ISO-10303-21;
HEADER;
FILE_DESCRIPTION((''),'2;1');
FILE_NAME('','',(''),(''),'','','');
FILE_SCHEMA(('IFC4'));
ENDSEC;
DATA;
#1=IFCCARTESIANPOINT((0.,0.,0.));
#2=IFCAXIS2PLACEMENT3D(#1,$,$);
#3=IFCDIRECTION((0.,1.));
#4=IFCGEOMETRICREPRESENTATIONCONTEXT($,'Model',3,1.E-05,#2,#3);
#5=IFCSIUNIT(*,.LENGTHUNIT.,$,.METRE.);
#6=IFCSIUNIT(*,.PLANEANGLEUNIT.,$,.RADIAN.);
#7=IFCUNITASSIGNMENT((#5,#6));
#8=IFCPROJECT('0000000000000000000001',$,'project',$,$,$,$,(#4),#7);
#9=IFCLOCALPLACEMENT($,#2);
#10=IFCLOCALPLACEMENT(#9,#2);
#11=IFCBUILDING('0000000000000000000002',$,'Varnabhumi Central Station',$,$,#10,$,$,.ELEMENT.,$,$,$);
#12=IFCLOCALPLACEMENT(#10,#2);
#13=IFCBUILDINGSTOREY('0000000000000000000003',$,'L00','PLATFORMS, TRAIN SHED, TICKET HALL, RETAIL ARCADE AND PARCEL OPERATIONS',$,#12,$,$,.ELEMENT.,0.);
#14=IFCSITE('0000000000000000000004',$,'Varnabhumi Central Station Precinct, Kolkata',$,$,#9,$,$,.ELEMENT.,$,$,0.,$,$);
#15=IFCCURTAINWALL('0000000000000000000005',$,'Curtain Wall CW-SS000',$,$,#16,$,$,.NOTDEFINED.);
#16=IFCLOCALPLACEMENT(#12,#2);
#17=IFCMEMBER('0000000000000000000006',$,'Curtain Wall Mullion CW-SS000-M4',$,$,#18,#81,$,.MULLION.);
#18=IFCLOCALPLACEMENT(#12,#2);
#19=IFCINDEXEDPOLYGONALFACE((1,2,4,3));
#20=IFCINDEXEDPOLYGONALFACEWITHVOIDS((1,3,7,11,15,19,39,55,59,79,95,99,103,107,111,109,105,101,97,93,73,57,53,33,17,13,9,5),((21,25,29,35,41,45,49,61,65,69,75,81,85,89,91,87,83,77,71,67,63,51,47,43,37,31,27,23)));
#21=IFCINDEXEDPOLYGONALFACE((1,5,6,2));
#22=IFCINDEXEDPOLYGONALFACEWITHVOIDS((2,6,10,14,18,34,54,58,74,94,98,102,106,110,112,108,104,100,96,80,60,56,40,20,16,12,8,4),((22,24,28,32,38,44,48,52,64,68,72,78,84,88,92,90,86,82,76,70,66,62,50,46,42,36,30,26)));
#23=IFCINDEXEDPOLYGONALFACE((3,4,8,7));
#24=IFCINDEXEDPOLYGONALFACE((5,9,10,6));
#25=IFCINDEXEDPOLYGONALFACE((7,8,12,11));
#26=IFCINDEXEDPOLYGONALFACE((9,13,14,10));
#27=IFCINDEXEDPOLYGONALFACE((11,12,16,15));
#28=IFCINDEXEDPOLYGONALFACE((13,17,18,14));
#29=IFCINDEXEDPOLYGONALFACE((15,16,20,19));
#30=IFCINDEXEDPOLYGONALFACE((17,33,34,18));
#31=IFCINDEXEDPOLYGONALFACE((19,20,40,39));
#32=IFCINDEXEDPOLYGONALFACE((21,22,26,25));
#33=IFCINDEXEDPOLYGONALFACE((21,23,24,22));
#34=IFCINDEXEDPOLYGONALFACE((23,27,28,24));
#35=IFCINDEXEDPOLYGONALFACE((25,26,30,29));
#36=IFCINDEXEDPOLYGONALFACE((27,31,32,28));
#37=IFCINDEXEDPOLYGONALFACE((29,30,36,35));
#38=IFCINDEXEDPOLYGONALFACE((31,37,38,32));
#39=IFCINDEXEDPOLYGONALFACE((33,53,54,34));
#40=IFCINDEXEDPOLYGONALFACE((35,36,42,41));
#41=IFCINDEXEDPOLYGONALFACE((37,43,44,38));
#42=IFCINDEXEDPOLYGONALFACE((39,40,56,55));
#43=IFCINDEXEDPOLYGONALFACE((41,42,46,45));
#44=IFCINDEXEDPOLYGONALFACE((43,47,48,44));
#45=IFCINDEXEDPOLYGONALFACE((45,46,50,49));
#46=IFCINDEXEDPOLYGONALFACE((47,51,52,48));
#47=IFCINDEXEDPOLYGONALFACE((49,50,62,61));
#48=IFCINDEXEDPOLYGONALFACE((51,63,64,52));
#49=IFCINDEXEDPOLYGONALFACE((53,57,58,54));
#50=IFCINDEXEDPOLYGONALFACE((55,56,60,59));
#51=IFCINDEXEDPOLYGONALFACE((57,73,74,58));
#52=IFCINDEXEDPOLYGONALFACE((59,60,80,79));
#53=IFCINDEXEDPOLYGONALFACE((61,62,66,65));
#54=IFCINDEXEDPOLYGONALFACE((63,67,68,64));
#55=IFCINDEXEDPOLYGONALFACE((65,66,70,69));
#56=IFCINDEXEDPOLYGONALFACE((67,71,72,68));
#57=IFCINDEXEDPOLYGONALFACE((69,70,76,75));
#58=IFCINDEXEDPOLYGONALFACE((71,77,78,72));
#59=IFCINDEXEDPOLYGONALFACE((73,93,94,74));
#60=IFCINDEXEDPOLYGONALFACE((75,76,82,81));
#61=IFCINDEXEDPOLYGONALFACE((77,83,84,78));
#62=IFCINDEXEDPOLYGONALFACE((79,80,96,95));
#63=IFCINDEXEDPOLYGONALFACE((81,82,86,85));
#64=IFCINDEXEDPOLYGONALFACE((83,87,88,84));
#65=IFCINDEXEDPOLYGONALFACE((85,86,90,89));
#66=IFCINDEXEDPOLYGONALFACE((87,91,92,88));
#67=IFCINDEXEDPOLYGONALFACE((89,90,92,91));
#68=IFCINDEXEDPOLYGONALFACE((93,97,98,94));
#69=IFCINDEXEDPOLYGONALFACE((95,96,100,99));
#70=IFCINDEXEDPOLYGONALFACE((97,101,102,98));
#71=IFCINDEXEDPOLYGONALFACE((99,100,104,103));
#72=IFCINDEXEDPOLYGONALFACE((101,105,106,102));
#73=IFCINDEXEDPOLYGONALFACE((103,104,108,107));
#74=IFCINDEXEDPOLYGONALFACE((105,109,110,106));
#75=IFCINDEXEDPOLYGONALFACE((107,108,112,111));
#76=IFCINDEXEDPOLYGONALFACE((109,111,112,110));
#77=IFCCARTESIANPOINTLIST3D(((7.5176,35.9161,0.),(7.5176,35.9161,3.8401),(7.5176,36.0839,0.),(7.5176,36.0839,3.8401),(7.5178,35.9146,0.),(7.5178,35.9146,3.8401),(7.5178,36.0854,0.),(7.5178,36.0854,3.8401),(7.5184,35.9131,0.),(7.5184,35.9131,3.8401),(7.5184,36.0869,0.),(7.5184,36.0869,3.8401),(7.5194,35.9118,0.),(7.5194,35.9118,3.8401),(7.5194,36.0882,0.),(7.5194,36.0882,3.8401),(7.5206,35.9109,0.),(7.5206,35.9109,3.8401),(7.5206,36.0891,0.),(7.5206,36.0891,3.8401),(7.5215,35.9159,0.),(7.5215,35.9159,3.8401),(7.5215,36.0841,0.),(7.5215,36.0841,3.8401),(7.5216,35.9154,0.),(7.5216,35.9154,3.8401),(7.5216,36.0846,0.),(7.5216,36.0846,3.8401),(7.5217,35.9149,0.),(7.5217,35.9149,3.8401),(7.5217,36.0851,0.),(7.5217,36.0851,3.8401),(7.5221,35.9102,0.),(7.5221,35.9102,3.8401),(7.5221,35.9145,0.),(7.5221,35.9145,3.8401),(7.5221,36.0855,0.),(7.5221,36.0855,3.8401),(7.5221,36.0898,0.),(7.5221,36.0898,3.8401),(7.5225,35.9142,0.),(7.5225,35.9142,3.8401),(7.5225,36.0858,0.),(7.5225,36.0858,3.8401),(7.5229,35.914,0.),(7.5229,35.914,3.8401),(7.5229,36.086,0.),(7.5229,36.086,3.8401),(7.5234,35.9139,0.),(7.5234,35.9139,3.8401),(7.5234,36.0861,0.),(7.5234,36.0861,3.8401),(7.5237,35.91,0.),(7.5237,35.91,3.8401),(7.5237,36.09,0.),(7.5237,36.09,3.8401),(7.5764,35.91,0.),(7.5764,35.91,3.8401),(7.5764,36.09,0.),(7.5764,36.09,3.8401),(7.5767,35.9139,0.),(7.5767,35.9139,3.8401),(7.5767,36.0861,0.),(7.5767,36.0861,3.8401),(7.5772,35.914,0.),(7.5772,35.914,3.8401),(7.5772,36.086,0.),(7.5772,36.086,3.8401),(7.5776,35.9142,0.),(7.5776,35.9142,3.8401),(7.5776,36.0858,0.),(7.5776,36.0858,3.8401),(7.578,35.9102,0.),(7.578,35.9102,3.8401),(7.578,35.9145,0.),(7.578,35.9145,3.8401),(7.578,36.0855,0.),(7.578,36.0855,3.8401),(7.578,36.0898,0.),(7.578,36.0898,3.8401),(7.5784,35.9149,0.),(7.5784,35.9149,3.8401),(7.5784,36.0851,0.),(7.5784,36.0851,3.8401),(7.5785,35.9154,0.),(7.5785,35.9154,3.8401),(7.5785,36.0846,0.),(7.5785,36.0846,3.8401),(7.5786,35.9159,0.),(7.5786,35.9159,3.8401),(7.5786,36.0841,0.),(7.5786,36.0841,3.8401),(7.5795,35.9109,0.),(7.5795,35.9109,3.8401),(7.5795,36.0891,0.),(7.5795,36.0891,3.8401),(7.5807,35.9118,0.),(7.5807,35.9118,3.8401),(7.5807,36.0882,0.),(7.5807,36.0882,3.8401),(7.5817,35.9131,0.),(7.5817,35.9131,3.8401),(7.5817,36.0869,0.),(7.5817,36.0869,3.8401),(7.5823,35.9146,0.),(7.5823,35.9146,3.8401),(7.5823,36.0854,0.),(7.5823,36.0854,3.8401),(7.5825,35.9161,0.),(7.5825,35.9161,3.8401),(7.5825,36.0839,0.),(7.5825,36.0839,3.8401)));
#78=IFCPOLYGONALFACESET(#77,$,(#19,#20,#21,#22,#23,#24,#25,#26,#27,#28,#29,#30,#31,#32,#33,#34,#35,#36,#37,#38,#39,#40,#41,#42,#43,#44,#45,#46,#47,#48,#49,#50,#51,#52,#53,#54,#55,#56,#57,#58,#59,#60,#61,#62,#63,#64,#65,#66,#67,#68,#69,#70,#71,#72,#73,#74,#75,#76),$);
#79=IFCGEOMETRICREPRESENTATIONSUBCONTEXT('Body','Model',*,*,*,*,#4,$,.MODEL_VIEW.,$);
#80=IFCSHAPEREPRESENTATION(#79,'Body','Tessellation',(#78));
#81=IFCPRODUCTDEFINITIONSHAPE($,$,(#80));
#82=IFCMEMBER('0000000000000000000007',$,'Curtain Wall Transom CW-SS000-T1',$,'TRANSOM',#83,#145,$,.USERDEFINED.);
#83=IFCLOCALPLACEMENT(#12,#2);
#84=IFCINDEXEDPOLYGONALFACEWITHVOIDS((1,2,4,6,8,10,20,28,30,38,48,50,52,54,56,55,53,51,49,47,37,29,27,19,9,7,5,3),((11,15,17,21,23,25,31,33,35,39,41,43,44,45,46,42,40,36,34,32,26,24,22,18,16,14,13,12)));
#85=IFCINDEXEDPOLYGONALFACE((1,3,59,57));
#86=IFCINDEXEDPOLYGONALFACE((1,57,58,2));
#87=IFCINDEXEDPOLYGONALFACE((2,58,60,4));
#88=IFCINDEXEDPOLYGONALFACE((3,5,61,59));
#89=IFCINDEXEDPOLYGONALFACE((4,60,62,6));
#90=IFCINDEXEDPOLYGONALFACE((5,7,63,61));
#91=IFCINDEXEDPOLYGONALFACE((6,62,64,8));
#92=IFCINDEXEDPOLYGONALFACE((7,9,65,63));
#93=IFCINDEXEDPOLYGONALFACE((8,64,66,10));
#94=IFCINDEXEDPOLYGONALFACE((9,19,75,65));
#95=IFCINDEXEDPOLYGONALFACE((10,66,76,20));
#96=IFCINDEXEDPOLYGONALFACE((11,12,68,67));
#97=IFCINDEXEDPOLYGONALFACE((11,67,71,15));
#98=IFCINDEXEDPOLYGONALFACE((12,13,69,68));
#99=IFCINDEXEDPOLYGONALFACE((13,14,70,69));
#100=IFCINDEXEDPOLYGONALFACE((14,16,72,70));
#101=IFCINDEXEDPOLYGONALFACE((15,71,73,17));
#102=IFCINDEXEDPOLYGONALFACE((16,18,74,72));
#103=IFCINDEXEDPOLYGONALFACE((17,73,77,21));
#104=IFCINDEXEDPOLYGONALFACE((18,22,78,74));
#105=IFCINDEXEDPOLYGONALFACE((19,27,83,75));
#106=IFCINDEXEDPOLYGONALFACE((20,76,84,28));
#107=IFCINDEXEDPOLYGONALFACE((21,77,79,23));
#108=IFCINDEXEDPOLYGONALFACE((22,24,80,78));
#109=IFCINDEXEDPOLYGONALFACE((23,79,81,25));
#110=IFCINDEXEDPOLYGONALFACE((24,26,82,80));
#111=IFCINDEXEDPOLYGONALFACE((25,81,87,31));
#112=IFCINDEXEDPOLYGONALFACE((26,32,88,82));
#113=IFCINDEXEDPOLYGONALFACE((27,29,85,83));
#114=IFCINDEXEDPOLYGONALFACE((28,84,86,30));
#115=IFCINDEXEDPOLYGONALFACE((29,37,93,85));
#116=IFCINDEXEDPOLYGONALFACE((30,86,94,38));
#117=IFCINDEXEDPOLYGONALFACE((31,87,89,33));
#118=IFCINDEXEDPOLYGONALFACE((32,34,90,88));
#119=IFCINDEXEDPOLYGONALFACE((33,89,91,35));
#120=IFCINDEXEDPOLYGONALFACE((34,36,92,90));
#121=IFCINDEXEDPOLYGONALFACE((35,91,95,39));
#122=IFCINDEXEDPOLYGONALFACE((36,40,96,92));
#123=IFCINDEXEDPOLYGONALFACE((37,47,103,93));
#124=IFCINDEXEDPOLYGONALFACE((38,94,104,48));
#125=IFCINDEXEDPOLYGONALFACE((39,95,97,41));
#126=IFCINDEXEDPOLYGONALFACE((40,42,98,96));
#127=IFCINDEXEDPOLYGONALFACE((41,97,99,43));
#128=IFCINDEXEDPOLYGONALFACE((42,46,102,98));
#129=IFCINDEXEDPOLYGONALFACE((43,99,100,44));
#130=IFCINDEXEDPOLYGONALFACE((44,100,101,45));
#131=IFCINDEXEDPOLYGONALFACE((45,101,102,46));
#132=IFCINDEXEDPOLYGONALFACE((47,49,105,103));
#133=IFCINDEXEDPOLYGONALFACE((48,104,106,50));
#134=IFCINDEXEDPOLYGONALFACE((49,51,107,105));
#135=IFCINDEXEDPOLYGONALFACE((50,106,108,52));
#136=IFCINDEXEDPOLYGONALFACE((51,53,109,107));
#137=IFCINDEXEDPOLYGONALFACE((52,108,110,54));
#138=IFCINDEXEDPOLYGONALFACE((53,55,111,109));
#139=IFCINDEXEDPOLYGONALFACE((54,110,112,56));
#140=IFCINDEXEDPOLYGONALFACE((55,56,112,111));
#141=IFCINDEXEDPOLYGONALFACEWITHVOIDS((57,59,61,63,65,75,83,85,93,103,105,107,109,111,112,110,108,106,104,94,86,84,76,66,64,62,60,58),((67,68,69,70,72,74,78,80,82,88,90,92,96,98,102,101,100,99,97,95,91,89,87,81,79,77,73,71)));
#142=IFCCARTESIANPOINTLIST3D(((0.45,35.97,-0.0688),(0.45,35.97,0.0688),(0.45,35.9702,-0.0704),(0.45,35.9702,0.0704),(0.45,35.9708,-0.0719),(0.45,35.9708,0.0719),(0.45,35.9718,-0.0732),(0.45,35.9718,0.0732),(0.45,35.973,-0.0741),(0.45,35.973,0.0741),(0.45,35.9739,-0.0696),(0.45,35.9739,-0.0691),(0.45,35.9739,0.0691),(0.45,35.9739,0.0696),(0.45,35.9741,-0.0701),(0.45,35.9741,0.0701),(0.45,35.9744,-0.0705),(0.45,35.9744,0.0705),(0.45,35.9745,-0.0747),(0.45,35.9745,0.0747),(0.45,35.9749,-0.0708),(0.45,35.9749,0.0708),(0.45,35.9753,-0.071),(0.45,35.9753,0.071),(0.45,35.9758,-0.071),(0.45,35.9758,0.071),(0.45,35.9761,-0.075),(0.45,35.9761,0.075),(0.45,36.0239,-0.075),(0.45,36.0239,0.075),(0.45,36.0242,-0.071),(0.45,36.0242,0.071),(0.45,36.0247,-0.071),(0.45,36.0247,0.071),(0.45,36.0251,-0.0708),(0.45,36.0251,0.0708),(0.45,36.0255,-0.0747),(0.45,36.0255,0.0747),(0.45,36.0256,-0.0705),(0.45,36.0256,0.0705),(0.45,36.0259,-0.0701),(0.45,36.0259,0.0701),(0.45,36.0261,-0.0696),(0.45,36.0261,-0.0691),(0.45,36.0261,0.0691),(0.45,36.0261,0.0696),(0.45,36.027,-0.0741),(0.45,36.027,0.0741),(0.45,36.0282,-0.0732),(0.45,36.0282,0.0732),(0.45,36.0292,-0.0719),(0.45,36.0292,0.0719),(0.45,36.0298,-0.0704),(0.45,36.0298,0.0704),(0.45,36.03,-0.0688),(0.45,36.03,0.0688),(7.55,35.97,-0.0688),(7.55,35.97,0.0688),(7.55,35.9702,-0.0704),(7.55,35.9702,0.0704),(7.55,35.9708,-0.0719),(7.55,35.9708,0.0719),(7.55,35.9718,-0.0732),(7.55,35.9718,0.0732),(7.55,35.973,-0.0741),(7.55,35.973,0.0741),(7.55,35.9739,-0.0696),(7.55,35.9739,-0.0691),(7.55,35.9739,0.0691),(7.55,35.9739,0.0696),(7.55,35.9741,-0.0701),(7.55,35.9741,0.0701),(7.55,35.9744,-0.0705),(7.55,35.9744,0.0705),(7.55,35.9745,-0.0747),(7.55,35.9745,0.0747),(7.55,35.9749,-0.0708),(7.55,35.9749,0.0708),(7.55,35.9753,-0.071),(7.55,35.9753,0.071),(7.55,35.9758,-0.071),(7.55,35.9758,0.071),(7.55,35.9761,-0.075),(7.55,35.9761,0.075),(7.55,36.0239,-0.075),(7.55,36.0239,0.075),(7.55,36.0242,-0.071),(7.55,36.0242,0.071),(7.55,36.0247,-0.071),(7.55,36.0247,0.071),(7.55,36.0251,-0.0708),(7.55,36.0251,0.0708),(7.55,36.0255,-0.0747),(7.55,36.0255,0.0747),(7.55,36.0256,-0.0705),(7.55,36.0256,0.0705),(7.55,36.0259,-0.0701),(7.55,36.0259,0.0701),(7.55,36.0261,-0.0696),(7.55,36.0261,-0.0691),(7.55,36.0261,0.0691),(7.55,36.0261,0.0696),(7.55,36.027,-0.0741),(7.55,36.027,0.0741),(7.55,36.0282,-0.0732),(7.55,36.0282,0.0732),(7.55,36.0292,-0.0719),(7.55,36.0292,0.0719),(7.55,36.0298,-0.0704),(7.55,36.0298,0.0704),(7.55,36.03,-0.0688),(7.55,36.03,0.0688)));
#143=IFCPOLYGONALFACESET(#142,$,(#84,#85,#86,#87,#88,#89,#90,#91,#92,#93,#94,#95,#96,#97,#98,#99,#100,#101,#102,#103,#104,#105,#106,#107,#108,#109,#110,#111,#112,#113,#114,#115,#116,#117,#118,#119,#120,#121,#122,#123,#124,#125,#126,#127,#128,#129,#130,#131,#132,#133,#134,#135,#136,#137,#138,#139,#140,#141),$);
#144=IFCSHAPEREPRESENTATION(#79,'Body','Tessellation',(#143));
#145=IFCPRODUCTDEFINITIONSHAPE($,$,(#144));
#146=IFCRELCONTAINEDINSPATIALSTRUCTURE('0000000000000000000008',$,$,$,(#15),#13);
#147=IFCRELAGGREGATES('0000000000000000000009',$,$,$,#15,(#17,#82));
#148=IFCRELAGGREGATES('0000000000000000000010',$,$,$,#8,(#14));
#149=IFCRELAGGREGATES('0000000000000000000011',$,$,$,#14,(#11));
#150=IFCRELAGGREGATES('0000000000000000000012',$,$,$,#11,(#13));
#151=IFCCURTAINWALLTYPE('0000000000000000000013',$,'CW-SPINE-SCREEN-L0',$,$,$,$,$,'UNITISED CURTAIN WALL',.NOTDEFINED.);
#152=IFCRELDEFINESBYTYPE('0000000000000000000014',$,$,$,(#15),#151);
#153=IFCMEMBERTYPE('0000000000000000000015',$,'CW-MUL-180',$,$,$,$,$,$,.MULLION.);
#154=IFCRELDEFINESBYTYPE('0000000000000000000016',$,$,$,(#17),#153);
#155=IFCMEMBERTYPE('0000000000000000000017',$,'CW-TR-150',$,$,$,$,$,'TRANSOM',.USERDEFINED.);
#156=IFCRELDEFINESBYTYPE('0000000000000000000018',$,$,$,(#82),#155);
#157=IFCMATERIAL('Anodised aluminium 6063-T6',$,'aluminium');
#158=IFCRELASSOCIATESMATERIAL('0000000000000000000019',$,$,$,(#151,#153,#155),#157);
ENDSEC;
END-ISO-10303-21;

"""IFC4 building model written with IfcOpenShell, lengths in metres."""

from ifc_helpers import new_model, si_unit, direction, frame, origin, origin_2d, place, context, subcontext, project, spatial, hollow_rectangle, extrude, material, material_profile, profile_set, type_object, element, aggregate, save


model = new_model("IFC4")

# Units and contexts
model_context = context("Model", 3, precision=1e-05, world=origin(), true_north=direction((0.0, 1.0)))
body_context = subcontext(model_context, "Body", "Model", "MODEL_VIEW")
ifc_project = project(units=[si_unit("LENGTHUNIT", "METRE"), si_unit("PLANEANGLEUNIT", "RADIAN")], contexts=[model_context])

# Site, building, storey
site_placement = place(None, origin())
site = spatial("IfcSite", under=ifc_project, at=site_placement, Name="Varnabhumi Central Station Precinct, Kolkata", CompositionType="ELEMENT", RefElevation=0.0)
building_placement = place(site_placement, origin())
building = spatial("IfcBuilding", under=site, at=building_placement, Name="Varnabhumi Central Station", CompositionType="ELEMENT")
storey_placement = place(building_placement, origin())
storey = spatial("IfcBuildingStorey", under=building, at=storey_placement, Name="L00", Description="PLATFORMS, TRAIN SHED, TICKET HALL, RETAIL ARCADE AND PARCEL OPERATIONS", CompositionType="ELEMENT", Elevation=0.0)

# Curtain wall, members
ifc_material_1 = material(Name="Anodised aluminium 6063-T6", Category="aluminium")
curtain_wall_type = type_object("IfcCurtainWallType", Name="CW-SPINE-SCREEN-L0", ElementType="UNITISED CURTAIN WALL", PredefinedType="NOTDEFINED", material=ifc_material_1)
curtain_wall_placement = place(storey_placement, origin())
curtain_wall = element("IfcCurtainWall", 1, at=curtain_wall_placement, inside=storey, type_object=curtain_wall_type, Name="Curtain Wall CW-SS000", PredefinedType="NOTDEFINED")
ifc_material_profile_1 = material_profile(ifc_material_1, hollow_rectangle(XDim=0.0649, YDim=0.1799, WallThickness=0.0039, InnerFilletRadius=0.002, OuterFilletRadius=0.0061, at=origin_2d()), Name="Anodised aluminium 6063-T6", Category="aluminium")
ifc_profile_set_1 = profile_set([ifc_material_profile_1], Name="Anodised aluminium 6063-T6")
member_type_1 = type_object("IfcMemberType", Name="CW-MUL-180", PredefinedType="MULLION", material=ifc_profile_set_1)
member_1_placement = place(storey_placement, frame((7.55, 36.0, 0.0), z_axis=(0.0, 0.0, 1.0), x_axis=(1.0, 0.0, 0.0)))
member_1 = element("IfcMember", 2, at=member_1_placement, type_object=member_type_1, Name="Curtain Wall Mullion CW-SS000-M4", PredefinedType="MULLION", context=body_context, shape_type="SweptSolid", body=[
    extrude(hollow_rectangle(XDim=0.0649, YDim=0.1799, WallThickness=0.0039, InnerFilletRadius=0.002, OuterFilletRadius=0.0061, at=origin_2d()), origin(), (0.0, 0.0, 1.0), 3.8401),
])
ifc_material_profile_2 = material_profile(ifc_material_1, hollow_rectangle(XDim=0.0601, YDim=0.1499, WallThickness=0.0039, InnerFilletRadius=0.002, OuterFilletRadius=0.0061, at=origin_2d()), Name="Anodised aluminium 6063-T6", Category="aluminium")
ifc_profile_set_2 = profile_set([ifc_material_profile_2], Name="Anodised aluminium 6063-T6")
member_type_2 = type_object("IfcMemberType", Name="CW-TR-150", ElementType="TRANSOM", PredefinedType="USERDEFINED", material=ifc_profile_set_2)
member_2_placement = place(storey_placement, frame((0.45, 36.0, 0.0), z_axis=(1.0, 0.0, 0.0), x_axis=(0.0, 1.0, 0.0)))
member_2 = element("IfcMember", 3, at=member_2_placement, type_object=member_type_2, Name="Curtain Wall Transom CW-SS000-T1", ObjectType="TRANSOM", PredefinedType="USERDEFINED", context=body_context, shape_type="SweptSolid", body=[
    extrude(hollow_rectangle(XDim=0.0601, YDim=0.1499, WallThickness=0.0039, InnerFilletRadius=0.002, OuterFilletRadius=0.0061, at=origin_2d()), origin(), (0.0, 0.0, 1.0), 7.1001),
])
aggregate(curtain_wall, [member_1, member_2])

save(model, "model.ifc")
